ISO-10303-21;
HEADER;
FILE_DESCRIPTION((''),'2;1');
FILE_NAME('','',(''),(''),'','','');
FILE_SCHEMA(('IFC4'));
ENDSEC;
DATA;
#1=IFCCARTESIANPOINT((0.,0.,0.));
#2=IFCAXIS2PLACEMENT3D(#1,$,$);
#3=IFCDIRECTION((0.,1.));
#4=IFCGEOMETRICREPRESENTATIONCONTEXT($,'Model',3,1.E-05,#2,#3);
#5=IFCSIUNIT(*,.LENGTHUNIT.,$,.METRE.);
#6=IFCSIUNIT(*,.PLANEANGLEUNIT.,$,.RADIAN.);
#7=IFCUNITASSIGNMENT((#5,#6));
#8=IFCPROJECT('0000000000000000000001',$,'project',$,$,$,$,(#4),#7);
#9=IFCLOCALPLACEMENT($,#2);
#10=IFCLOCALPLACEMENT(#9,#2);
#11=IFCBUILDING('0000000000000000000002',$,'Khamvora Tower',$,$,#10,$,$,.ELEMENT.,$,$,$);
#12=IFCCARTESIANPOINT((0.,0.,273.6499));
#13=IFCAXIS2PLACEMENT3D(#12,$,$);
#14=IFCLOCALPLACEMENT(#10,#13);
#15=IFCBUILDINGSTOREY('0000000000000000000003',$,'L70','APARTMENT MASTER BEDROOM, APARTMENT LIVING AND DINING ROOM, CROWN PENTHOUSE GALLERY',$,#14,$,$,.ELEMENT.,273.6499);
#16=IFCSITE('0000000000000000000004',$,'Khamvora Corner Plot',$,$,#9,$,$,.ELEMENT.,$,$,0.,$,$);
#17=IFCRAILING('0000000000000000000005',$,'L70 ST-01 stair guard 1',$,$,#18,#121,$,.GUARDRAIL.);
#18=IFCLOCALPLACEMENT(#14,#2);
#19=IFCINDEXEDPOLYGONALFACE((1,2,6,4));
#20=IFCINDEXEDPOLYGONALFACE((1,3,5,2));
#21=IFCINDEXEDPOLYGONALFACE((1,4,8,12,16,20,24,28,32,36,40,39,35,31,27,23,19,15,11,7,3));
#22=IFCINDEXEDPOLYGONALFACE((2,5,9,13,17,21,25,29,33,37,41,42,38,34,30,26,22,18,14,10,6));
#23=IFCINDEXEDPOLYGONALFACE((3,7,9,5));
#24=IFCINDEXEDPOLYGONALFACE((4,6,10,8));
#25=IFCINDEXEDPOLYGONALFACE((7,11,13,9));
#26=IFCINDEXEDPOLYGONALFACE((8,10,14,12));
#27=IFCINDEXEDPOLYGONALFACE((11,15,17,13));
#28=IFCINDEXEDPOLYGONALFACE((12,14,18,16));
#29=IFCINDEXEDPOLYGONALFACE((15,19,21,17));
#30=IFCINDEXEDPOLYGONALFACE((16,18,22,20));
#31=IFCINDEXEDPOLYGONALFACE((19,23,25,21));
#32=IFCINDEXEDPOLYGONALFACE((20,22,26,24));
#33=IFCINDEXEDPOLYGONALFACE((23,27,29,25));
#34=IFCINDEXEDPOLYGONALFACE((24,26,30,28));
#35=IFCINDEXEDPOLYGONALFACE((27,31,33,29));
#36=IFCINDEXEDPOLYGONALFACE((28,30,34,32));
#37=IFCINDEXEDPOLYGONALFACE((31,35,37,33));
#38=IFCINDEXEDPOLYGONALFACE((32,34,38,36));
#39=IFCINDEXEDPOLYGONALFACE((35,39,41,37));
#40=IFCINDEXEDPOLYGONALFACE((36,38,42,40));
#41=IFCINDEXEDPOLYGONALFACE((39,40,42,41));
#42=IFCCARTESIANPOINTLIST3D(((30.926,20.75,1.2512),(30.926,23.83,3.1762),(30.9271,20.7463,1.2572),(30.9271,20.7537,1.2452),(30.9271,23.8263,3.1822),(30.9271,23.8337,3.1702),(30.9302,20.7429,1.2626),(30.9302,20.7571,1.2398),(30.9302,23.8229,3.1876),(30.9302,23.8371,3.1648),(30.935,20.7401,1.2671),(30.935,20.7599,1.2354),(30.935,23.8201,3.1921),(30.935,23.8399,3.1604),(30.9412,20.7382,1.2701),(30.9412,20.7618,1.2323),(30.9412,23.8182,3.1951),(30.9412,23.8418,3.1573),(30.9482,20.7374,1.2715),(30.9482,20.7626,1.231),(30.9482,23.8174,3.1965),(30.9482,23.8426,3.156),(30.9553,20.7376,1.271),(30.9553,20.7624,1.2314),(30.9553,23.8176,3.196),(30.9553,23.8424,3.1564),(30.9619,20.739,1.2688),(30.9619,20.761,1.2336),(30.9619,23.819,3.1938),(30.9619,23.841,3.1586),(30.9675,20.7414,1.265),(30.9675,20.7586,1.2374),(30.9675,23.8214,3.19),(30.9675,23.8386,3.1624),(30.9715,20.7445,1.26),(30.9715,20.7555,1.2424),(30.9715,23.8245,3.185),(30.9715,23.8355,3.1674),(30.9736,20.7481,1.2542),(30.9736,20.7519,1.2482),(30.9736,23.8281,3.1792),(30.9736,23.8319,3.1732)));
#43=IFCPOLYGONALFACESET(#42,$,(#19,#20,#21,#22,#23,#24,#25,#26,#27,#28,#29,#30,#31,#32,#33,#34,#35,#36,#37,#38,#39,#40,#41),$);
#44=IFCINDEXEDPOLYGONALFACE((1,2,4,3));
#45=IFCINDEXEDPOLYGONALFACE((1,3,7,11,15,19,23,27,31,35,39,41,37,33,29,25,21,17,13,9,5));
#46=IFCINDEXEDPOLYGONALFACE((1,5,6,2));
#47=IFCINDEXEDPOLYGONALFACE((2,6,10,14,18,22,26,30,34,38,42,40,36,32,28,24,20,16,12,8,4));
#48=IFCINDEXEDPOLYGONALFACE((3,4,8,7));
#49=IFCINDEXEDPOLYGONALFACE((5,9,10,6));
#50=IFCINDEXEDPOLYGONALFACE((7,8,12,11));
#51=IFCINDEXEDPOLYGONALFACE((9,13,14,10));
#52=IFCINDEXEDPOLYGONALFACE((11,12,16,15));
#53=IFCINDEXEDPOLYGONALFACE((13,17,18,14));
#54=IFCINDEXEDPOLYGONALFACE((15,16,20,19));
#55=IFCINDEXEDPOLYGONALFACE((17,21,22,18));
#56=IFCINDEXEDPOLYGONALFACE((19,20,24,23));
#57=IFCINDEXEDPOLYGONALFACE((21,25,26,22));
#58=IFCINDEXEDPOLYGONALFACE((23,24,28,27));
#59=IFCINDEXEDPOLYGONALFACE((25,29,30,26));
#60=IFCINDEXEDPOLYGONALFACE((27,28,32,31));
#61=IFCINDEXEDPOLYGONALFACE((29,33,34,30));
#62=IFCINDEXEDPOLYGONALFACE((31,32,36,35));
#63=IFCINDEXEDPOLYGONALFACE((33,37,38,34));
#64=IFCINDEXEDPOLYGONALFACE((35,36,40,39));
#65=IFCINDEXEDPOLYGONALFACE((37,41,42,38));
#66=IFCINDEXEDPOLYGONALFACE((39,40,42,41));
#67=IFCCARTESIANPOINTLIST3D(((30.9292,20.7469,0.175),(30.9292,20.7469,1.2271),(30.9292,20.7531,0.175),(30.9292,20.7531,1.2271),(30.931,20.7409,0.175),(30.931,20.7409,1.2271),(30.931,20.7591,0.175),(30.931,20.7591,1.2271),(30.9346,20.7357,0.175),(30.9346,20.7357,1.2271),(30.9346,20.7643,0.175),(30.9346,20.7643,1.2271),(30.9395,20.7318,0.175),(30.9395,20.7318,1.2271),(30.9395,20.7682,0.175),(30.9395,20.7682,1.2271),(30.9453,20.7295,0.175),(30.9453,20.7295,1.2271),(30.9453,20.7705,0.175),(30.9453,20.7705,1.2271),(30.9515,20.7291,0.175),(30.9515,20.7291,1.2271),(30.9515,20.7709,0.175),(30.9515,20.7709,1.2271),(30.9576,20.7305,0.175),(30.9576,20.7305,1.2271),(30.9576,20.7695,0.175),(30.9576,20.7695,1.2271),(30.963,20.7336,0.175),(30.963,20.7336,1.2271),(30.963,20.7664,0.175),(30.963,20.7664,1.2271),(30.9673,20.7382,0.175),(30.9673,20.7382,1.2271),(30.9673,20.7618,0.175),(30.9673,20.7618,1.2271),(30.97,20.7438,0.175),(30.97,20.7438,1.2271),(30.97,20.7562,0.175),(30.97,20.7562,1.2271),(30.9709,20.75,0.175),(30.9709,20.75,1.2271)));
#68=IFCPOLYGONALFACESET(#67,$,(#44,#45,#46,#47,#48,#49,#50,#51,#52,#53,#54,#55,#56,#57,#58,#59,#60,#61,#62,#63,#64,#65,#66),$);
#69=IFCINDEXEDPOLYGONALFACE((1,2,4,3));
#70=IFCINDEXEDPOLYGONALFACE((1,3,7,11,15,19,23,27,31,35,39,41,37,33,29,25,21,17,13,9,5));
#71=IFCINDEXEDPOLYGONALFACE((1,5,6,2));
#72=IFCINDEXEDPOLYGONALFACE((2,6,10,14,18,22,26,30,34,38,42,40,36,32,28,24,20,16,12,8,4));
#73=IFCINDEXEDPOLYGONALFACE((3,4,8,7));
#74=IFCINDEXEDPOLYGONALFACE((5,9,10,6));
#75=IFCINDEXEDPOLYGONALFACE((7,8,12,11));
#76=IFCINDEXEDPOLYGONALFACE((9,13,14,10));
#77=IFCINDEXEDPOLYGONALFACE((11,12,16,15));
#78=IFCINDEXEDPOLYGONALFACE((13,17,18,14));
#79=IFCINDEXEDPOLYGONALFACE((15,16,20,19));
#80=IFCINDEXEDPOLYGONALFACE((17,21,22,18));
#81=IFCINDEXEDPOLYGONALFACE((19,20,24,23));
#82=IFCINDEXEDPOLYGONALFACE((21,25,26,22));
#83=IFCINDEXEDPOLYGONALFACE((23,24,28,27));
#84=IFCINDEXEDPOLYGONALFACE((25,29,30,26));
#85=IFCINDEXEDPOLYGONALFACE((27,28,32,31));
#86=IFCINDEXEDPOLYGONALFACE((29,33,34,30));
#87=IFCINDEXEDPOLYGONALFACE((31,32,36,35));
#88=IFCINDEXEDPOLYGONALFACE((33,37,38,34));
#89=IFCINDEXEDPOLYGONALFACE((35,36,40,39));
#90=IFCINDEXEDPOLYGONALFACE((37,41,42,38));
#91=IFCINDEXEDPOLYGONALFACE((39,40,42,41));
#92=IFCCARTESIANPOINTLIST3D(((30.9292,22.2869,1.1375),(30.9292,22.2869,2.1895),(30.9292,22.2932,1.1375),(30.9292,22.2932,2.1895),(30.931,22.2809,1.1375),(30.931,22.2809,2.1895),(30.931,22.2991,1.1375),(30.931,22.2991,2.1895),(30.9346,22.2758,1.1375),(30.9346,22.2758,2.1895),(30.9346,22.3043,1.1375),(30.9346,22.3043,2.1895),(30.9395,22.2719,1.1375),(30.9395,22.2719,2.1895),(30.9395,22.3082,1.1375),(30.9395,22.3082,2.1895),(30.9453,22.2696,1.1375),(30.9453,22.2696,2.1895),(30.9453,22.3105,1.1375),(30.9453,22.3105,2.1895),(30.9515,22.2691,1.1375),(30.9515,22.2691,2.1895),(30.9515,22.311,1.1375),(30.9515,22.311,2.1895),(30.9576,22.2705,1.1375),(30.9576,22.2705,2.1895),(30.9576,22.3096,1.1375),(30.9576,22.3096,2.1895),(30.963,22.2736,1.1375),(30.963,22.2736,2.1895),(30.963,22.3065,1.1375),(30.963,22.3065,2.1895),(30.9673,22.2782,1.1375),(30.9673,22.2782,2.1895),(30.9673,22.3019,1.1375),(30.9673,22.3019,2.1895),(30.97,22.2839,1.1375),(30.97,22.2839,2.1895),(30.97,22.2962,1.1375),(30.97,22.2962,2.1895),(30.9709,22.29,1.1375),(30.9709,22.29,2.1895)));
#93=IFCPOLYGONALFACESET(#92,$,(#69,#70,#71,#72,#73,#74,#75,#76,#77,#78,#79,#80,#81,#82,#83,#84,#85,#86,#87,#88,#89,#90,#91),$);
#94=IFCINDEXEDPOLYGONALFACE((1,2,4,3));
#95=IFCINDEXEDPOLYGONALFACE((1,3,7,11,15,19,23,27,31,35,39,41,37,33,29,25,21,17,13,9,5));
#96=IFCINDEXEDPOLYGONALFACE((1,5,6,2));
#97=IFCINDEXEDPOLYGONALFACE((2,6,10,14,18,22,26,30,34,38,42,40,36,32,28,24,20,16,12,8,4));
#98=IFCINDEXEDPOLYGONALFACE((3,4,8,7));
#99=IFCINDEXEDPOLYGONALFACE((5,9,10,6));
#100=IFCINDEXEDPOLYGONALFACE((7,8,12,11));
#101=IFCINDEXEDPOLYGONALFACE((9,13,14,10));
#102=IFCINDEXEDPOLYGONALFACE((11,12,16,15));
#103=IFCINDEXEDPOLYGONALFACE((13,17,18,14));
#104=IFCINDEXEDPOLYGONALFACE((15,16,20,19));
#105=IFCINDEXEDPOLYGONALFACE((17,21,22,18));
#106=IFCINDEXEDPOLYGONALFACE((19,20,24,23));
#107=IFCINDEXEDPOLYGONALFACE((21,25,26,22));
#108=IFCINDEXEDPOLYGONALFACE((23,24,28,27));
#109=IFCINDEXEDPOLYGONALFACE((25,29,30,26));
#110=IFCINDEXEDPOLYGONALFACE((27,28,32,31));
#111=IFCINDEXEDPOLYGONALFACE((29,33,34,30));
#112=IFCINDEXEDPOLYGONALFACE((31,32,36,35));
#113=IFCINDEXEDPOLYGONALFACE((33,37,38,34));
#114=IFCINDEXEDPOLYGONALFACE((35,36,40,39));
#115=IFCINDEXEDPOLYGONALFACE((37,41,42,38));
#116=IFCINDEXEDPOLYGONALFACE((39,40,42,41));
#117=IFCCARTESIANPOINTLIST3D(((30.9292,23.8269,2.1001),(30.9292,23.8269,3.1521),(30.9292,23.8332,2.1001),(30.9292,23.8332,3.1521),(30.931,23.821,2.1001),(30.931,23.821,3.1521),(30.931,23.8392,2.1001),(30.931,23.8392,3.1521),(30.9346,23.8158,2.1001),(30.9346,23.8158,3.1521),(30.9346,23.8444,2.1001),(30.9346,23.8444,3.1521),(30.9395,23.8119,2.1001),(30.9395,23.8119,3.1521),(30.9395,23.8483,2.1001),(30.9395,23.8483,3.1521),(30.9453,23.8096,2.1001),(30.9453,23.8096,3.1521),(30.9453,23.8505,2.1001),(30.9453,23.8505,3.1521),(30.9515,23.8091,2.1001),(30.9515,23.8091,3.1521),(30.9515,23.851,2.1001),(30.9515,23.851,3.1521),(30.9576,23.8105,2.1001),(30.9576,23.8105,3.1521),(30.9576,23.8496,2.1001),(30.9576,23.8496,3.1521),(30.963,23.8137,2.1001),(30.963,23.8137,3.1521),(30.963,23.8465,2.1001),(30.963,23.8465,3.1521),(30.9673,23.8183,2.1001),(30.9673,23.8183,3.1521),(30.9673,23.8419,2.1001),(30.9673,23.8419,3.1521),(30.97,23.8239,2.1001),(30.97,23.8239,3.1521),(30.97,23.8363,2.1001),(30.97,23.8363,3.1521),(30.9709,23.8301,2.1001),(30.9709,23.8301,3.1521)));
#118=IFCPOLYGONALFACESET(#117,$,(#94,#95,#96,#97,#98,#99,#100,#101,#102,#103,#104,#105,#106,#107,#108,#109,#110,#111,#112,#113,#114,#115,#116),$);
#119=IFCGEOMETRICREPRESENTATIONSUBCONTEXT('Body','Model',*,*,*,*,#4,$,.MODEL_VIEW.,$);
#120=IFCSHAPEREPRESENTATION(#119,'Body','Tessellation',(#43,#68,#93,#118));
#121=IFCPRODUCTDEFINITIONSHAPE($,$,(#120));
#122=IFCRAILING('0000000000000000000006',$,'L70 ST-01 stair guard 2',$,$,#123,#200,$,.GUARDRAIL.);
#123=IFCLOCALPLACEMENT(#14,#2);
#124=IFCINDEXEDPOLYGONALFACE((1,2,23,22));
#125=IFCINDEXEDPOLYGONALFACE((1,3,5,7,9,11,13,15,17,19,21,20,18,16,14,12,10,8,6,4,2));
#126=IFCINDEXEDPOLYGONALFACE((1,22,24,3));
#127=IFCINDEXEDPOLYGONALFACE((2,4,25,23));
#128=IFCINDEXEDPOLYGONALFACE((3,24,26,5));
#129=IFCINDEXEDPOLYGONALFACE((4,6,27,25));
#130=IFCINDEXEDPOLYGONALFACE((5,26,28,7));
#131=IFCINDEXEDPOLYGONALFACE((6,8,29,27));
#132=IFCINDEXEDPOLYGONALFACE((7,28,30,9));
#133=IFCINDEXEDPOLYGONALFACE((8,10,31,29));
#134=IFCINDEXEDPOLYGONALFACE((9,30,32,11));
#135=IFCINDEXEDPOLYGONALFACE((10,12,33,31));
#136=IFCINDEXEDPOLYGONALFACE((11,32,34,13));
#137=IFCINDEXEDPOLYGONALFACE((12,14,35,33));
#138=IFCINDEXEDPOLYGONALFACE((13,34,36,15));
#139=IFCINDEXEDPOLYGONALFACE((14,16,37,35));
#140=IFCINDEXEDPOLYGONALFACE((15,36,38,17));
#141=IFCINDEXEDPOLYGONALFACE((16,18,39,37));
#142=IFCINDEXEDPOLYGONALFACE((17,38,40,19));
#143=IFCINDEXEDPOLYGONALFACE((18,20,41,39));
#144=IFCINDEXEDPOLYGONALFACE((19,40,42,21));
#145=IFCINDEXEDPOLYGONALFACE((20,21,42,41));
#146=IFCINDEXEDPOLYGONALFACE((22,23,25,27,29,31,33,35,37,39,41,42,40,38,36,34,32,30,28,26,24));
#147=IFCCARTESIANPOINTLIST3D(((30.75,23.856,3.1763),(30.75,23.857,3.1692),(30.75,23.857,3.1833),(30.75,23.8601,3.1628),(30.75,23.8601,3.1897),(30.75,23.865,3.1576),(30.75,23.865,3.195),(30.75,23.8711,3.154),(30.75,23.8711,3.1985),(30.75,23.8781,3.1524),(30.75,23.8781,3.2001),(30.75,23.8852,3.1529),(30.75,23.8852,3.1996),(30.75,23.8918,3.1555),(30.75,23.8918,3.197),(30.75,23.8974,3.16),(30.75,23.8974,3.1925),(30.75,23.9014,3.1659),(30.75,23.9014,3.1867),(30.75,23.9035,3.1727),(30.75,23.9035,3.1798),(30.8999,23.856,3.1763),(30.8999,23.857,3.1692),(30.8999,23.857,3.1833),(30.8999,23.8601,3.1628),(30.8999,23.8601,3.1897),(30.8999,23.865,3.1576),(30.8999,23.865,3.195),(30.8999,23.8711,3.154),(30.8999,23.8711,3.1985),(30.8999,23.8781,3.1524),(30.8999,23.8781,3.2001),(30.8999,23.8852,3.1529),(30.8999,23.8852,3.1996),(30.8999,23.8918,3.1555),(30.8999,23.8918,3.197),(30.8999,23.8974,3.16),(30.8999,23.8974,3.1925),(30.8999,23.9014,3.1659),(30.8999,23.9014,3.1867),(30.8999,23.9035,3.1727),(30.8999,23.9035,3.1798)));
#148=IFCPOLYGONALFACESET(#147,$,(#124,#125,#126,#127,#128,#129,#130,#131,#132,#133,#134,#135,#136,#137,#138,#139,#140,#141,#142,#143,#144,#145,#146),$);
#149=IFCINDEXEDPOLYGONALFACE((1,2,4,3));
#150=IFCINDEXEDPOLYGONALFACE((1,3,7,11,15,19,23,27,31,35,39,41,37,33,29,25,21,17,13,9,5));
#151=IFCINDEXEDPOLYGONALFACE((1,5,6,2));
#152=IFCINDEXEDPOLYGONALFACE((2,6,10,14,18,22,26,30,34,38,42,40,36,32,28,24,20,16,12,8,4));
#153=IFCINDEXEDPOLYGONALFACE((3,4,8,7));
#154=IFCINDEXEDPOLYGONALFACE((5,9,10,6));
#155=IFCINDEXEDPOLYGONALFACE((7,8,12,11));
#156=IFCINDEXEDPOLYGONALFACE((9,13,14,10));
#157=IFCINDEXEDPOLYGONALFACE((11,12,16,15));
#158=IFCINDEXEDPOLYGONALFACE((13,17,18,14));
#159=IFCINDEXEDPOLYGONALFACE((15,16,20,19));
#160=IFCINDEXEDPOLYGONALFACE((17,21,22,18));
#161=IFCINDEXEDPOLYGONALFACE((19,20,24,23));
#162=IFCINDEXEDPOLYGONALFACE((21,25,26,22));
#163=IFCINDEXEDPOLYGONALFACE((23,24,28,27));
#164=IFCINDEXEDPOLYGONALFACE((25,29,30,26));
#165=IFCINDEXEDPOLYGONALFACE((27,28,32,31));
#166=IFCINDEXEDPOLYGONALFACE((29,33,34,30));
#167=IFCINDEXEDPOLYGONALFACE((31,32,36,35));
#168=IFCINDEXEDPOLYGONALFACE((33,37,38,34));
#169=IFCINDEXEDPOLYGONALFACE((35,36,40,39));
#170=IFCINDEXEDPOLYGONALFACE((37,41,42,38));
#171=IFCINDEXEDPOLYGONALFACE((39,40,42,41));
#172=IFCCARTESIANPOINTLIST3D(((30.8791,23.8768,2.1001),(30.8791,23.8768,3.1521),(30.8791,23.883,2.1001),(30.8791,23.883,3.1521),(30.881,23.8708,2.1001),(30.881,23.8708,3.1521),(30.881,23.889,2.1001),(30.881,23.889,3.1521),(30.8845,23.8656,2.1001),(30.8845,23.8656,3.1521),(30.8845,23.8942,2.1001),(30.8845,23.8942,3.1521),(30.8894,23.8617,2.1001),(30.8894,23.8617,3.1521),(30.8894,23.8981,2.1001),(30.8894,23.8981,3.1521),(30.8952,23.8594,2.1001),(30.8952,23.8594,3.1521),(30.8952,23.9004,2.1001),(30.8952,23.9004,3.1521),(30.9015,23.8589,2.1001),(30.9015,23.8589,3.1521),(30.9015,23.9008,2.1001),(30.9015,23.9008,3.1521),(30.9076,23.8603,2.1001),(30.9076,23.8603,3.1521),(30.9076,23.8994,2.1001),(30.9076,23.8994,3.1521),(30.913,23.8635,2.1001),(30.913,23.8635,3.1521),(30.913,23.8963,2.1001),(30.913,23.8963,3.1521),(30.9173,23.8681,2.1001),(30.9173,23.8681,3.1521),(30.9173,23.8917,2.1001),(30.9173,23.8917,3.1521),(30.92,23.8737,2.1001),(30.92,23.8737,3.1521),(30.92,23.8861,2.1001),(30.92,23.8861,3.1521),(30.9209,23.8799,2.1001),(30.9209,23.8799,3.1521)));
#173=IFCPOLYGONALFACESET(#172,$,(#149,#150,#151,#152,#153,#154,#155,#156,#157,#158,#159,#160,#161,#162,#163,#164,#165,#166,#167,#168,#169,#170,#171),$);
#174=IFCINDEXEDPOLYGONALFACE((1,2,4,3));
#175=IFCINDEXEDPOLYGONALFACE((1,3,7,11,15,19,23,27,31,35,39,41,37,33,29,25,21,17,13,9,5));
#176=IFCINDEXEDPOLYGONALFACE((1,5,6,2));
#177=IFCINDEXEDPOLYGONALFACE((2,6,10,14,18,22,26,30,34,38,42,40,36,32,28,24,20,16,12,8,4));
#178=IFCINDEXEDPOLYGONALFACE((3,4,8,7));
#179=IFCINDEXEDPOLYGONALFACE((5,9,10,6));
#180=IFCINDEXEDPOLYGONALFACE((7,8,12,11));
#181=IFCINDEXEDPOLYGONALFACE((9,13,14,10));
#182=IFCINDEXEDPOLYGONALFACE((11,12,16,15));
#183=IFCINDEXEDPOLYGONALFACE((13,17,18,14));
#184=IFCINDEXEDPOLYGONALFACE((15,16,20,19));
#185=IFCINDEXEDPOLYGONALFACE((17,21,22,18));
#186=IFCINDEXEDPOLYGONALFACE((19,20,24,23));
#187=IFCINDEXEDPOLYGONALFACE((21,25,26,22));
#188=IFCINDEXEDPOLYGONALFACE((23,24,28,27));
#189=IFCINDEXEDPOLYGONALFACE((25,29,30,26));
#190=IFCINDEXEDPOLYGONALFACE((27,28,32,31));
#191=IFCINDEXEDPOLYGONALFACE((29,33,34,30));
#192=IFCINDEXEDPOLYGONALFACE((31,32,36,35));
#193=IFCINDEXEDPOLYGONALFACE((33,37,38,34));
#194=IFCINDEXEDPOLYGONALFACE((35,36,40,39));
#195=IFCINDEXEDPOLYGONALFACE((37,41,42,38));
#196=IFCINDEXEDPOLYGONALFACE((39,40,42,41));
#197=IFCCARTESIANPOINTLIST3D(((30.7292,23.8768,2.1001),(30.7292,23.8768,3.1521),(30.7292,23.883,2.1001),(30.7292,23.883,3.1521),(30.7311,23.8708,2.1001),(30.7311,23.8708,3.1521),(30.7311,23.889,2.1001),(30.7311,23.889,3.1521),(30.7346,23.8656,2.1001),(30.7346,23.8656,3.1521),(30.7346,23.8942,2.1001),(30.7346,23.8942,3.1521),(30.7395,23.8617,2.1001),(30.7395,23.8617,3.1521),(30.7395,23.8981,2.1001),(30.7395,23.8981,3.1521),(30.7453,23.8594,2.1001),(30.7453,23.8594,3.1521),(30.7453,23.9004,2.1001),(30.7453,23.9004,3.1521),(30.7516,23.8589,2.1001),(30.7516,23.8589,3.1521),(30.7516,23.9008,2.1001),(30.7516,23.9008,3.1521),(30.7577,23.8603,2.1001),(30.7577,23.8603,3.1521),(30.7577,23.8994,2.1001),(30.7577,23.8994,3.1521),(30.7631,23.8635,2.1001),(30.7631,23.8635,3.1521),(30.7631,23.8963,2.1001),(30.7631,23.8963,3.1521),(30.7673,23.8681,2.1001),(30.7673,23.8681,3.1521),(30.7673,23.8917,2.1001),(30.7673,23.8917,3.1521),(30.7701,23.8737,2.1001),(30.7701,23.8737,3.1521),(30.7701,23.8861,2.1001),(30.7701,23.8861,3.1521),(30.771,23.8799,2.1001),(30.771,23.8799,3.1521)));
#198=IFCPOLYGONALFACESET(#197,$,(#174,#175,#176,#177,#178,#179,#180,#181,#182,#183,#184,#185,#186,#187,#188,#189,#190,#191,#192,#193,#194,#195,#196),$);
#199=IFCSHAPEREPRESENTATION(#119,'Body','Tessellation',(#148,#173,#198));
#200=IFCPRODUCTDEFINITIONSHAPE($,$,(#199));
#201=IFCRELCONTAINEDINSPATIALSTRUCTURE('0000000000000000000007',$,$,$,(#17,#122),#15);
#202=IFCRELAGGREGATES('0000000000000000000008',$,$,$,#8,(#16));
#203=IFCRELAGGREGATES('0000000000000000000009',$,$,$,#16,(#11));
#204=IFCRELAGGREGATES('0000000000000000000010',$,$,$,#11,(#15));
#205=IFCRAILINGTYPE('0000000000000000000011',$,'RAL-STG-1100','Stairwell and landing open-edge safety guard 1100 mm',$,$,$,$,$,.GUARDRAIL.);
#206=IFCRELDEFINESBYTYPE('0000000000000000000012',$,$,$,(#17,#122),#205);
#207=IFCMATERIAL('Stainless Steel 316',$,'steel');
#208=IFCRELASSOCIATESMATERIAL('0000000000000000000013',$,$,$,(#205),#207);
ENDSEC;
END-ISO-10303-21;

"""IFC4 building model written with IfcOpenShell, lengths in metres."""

from ifc_helpers import new_model, si_unit, direction, frame, origin, origin_2d, place, context, subcontext, project, spatial, circle, extrude, material, type_object, element, save


model = new_model("IFC4")

# Units and contexts
model_context = context("Model", 3, precision=1e-05, world=origin(), true_north=direction((0.0, 1.0)))
body_context = subcontext(model_context, "Body", "Model", "MODEL_VIEW")
ifc_project = project(units=[si_unit("LENGTHUNIT", "METRE"), si_unit("PLANEANGLEUNIT", "RADIAN")], contexts=[model_context])

# Site, building, storey
site_placement = place(None, origin())
site = spatial("IfcSite", under=ifc_project, at=site_placement, Name="Khamvora Corner Plot", CompositionType="ELEMENT", RefElevation=0.0)
building_placement = place(site_placement, origin())
building = spatial("IfcBuilding", under=site, at=building_placement, Name="Khamvora Tower", CompositionType="ELEMENT")
storey_placement = place(building_placement, frame((0.0, 0.0, 273.6499)))
storey = spatial("IfcBuildingStorey", under=building, at=storey_placement, Name="L70", Description="APARTMENT MASTER BEDROOM, APARTMENT LIVING AND DINING ROOM, CROWN PENTHOUSE GALLERY", CompositionType="ELEMENT", Elevation=273.6499)

# Railings
ifc_material_1 = material(Name="Stainless Steel 316", Category="steel")
railing_type_1 = type_object("IfcRailingType", Name="RAL-STG-1100", Description="Stairwell and landing open-edge safety guard 1100 mm", PredefinedType="GUARDRAIL", material=ifc_material_1)
railing_1_placement = place(storey_placement, frame((30.95, 20.75, 0.175)))
element("IfcRailing", 1, at=railing_1_placement, inside=storey, type_object=railing_type_1, Name="L70 ST-01 stair guard 1", PredefinedType="GUARDRAIL", context=body_context, shape_type="SweptSolid", body=[
    extrude(circle(Radius=0.0239, at=origin_2d()), frame((0.0, 0.0, 1.0762), z_axis=(0.0, 0.847998, 0.529999), x_axis=(-1.0, 0.0, 0.0)), (0.0, 0.0, 1.0), 3.6321),
    extrude(circle(Radius=0.021, at=origin_2d()), origin(), (0.0, 0.0, 1.0), 1.052),
    extrude(circle(Radius=0.021, at=origin_2d()), frame((0.0, 1.54, 0.9624)), (0.0, 0.0, 1.0), 1.052),
    extrude(circle(Radius=0.021, at=origin_2d()), frame((0.0, 3.0801, 1.925)), (0.0, 0.0, 1.0), 1.052),
])
railing_2_placement = place(storey_placement, frame((30.8999, 23.8799, 2.1001)))
element("IfcRailing", 2, at=railing_2_placement, inside=storey, type_object=railing_type_1, Name="L70 ST-01 stair guard 2", PredefinedType="GUARDRAIL", context=body_context, shape_type="SweptSolid", body=[
    extrude(circle(Radius=0.0239, at=origin_2d()), frame((0.0, 0.0, 1.0762), z_axis=(-1.0, 0.0, 0.0), x_axis=(0.0, -1.0, 0.0)), (0.0, 0.0, 1.0), 0.1499),
    extrude(circle(Radius=0.021, at=origin_2d()), origin(), (0.0, 0.0, 1.0), 1.052),
    extrude(circle(Radius=0.021, at=origin_2d()), frame((-0.1499, 0.0, 0.0)), (0.0, 0.0, 1.0), 1.052),
])

save(model, "model.ifc")
